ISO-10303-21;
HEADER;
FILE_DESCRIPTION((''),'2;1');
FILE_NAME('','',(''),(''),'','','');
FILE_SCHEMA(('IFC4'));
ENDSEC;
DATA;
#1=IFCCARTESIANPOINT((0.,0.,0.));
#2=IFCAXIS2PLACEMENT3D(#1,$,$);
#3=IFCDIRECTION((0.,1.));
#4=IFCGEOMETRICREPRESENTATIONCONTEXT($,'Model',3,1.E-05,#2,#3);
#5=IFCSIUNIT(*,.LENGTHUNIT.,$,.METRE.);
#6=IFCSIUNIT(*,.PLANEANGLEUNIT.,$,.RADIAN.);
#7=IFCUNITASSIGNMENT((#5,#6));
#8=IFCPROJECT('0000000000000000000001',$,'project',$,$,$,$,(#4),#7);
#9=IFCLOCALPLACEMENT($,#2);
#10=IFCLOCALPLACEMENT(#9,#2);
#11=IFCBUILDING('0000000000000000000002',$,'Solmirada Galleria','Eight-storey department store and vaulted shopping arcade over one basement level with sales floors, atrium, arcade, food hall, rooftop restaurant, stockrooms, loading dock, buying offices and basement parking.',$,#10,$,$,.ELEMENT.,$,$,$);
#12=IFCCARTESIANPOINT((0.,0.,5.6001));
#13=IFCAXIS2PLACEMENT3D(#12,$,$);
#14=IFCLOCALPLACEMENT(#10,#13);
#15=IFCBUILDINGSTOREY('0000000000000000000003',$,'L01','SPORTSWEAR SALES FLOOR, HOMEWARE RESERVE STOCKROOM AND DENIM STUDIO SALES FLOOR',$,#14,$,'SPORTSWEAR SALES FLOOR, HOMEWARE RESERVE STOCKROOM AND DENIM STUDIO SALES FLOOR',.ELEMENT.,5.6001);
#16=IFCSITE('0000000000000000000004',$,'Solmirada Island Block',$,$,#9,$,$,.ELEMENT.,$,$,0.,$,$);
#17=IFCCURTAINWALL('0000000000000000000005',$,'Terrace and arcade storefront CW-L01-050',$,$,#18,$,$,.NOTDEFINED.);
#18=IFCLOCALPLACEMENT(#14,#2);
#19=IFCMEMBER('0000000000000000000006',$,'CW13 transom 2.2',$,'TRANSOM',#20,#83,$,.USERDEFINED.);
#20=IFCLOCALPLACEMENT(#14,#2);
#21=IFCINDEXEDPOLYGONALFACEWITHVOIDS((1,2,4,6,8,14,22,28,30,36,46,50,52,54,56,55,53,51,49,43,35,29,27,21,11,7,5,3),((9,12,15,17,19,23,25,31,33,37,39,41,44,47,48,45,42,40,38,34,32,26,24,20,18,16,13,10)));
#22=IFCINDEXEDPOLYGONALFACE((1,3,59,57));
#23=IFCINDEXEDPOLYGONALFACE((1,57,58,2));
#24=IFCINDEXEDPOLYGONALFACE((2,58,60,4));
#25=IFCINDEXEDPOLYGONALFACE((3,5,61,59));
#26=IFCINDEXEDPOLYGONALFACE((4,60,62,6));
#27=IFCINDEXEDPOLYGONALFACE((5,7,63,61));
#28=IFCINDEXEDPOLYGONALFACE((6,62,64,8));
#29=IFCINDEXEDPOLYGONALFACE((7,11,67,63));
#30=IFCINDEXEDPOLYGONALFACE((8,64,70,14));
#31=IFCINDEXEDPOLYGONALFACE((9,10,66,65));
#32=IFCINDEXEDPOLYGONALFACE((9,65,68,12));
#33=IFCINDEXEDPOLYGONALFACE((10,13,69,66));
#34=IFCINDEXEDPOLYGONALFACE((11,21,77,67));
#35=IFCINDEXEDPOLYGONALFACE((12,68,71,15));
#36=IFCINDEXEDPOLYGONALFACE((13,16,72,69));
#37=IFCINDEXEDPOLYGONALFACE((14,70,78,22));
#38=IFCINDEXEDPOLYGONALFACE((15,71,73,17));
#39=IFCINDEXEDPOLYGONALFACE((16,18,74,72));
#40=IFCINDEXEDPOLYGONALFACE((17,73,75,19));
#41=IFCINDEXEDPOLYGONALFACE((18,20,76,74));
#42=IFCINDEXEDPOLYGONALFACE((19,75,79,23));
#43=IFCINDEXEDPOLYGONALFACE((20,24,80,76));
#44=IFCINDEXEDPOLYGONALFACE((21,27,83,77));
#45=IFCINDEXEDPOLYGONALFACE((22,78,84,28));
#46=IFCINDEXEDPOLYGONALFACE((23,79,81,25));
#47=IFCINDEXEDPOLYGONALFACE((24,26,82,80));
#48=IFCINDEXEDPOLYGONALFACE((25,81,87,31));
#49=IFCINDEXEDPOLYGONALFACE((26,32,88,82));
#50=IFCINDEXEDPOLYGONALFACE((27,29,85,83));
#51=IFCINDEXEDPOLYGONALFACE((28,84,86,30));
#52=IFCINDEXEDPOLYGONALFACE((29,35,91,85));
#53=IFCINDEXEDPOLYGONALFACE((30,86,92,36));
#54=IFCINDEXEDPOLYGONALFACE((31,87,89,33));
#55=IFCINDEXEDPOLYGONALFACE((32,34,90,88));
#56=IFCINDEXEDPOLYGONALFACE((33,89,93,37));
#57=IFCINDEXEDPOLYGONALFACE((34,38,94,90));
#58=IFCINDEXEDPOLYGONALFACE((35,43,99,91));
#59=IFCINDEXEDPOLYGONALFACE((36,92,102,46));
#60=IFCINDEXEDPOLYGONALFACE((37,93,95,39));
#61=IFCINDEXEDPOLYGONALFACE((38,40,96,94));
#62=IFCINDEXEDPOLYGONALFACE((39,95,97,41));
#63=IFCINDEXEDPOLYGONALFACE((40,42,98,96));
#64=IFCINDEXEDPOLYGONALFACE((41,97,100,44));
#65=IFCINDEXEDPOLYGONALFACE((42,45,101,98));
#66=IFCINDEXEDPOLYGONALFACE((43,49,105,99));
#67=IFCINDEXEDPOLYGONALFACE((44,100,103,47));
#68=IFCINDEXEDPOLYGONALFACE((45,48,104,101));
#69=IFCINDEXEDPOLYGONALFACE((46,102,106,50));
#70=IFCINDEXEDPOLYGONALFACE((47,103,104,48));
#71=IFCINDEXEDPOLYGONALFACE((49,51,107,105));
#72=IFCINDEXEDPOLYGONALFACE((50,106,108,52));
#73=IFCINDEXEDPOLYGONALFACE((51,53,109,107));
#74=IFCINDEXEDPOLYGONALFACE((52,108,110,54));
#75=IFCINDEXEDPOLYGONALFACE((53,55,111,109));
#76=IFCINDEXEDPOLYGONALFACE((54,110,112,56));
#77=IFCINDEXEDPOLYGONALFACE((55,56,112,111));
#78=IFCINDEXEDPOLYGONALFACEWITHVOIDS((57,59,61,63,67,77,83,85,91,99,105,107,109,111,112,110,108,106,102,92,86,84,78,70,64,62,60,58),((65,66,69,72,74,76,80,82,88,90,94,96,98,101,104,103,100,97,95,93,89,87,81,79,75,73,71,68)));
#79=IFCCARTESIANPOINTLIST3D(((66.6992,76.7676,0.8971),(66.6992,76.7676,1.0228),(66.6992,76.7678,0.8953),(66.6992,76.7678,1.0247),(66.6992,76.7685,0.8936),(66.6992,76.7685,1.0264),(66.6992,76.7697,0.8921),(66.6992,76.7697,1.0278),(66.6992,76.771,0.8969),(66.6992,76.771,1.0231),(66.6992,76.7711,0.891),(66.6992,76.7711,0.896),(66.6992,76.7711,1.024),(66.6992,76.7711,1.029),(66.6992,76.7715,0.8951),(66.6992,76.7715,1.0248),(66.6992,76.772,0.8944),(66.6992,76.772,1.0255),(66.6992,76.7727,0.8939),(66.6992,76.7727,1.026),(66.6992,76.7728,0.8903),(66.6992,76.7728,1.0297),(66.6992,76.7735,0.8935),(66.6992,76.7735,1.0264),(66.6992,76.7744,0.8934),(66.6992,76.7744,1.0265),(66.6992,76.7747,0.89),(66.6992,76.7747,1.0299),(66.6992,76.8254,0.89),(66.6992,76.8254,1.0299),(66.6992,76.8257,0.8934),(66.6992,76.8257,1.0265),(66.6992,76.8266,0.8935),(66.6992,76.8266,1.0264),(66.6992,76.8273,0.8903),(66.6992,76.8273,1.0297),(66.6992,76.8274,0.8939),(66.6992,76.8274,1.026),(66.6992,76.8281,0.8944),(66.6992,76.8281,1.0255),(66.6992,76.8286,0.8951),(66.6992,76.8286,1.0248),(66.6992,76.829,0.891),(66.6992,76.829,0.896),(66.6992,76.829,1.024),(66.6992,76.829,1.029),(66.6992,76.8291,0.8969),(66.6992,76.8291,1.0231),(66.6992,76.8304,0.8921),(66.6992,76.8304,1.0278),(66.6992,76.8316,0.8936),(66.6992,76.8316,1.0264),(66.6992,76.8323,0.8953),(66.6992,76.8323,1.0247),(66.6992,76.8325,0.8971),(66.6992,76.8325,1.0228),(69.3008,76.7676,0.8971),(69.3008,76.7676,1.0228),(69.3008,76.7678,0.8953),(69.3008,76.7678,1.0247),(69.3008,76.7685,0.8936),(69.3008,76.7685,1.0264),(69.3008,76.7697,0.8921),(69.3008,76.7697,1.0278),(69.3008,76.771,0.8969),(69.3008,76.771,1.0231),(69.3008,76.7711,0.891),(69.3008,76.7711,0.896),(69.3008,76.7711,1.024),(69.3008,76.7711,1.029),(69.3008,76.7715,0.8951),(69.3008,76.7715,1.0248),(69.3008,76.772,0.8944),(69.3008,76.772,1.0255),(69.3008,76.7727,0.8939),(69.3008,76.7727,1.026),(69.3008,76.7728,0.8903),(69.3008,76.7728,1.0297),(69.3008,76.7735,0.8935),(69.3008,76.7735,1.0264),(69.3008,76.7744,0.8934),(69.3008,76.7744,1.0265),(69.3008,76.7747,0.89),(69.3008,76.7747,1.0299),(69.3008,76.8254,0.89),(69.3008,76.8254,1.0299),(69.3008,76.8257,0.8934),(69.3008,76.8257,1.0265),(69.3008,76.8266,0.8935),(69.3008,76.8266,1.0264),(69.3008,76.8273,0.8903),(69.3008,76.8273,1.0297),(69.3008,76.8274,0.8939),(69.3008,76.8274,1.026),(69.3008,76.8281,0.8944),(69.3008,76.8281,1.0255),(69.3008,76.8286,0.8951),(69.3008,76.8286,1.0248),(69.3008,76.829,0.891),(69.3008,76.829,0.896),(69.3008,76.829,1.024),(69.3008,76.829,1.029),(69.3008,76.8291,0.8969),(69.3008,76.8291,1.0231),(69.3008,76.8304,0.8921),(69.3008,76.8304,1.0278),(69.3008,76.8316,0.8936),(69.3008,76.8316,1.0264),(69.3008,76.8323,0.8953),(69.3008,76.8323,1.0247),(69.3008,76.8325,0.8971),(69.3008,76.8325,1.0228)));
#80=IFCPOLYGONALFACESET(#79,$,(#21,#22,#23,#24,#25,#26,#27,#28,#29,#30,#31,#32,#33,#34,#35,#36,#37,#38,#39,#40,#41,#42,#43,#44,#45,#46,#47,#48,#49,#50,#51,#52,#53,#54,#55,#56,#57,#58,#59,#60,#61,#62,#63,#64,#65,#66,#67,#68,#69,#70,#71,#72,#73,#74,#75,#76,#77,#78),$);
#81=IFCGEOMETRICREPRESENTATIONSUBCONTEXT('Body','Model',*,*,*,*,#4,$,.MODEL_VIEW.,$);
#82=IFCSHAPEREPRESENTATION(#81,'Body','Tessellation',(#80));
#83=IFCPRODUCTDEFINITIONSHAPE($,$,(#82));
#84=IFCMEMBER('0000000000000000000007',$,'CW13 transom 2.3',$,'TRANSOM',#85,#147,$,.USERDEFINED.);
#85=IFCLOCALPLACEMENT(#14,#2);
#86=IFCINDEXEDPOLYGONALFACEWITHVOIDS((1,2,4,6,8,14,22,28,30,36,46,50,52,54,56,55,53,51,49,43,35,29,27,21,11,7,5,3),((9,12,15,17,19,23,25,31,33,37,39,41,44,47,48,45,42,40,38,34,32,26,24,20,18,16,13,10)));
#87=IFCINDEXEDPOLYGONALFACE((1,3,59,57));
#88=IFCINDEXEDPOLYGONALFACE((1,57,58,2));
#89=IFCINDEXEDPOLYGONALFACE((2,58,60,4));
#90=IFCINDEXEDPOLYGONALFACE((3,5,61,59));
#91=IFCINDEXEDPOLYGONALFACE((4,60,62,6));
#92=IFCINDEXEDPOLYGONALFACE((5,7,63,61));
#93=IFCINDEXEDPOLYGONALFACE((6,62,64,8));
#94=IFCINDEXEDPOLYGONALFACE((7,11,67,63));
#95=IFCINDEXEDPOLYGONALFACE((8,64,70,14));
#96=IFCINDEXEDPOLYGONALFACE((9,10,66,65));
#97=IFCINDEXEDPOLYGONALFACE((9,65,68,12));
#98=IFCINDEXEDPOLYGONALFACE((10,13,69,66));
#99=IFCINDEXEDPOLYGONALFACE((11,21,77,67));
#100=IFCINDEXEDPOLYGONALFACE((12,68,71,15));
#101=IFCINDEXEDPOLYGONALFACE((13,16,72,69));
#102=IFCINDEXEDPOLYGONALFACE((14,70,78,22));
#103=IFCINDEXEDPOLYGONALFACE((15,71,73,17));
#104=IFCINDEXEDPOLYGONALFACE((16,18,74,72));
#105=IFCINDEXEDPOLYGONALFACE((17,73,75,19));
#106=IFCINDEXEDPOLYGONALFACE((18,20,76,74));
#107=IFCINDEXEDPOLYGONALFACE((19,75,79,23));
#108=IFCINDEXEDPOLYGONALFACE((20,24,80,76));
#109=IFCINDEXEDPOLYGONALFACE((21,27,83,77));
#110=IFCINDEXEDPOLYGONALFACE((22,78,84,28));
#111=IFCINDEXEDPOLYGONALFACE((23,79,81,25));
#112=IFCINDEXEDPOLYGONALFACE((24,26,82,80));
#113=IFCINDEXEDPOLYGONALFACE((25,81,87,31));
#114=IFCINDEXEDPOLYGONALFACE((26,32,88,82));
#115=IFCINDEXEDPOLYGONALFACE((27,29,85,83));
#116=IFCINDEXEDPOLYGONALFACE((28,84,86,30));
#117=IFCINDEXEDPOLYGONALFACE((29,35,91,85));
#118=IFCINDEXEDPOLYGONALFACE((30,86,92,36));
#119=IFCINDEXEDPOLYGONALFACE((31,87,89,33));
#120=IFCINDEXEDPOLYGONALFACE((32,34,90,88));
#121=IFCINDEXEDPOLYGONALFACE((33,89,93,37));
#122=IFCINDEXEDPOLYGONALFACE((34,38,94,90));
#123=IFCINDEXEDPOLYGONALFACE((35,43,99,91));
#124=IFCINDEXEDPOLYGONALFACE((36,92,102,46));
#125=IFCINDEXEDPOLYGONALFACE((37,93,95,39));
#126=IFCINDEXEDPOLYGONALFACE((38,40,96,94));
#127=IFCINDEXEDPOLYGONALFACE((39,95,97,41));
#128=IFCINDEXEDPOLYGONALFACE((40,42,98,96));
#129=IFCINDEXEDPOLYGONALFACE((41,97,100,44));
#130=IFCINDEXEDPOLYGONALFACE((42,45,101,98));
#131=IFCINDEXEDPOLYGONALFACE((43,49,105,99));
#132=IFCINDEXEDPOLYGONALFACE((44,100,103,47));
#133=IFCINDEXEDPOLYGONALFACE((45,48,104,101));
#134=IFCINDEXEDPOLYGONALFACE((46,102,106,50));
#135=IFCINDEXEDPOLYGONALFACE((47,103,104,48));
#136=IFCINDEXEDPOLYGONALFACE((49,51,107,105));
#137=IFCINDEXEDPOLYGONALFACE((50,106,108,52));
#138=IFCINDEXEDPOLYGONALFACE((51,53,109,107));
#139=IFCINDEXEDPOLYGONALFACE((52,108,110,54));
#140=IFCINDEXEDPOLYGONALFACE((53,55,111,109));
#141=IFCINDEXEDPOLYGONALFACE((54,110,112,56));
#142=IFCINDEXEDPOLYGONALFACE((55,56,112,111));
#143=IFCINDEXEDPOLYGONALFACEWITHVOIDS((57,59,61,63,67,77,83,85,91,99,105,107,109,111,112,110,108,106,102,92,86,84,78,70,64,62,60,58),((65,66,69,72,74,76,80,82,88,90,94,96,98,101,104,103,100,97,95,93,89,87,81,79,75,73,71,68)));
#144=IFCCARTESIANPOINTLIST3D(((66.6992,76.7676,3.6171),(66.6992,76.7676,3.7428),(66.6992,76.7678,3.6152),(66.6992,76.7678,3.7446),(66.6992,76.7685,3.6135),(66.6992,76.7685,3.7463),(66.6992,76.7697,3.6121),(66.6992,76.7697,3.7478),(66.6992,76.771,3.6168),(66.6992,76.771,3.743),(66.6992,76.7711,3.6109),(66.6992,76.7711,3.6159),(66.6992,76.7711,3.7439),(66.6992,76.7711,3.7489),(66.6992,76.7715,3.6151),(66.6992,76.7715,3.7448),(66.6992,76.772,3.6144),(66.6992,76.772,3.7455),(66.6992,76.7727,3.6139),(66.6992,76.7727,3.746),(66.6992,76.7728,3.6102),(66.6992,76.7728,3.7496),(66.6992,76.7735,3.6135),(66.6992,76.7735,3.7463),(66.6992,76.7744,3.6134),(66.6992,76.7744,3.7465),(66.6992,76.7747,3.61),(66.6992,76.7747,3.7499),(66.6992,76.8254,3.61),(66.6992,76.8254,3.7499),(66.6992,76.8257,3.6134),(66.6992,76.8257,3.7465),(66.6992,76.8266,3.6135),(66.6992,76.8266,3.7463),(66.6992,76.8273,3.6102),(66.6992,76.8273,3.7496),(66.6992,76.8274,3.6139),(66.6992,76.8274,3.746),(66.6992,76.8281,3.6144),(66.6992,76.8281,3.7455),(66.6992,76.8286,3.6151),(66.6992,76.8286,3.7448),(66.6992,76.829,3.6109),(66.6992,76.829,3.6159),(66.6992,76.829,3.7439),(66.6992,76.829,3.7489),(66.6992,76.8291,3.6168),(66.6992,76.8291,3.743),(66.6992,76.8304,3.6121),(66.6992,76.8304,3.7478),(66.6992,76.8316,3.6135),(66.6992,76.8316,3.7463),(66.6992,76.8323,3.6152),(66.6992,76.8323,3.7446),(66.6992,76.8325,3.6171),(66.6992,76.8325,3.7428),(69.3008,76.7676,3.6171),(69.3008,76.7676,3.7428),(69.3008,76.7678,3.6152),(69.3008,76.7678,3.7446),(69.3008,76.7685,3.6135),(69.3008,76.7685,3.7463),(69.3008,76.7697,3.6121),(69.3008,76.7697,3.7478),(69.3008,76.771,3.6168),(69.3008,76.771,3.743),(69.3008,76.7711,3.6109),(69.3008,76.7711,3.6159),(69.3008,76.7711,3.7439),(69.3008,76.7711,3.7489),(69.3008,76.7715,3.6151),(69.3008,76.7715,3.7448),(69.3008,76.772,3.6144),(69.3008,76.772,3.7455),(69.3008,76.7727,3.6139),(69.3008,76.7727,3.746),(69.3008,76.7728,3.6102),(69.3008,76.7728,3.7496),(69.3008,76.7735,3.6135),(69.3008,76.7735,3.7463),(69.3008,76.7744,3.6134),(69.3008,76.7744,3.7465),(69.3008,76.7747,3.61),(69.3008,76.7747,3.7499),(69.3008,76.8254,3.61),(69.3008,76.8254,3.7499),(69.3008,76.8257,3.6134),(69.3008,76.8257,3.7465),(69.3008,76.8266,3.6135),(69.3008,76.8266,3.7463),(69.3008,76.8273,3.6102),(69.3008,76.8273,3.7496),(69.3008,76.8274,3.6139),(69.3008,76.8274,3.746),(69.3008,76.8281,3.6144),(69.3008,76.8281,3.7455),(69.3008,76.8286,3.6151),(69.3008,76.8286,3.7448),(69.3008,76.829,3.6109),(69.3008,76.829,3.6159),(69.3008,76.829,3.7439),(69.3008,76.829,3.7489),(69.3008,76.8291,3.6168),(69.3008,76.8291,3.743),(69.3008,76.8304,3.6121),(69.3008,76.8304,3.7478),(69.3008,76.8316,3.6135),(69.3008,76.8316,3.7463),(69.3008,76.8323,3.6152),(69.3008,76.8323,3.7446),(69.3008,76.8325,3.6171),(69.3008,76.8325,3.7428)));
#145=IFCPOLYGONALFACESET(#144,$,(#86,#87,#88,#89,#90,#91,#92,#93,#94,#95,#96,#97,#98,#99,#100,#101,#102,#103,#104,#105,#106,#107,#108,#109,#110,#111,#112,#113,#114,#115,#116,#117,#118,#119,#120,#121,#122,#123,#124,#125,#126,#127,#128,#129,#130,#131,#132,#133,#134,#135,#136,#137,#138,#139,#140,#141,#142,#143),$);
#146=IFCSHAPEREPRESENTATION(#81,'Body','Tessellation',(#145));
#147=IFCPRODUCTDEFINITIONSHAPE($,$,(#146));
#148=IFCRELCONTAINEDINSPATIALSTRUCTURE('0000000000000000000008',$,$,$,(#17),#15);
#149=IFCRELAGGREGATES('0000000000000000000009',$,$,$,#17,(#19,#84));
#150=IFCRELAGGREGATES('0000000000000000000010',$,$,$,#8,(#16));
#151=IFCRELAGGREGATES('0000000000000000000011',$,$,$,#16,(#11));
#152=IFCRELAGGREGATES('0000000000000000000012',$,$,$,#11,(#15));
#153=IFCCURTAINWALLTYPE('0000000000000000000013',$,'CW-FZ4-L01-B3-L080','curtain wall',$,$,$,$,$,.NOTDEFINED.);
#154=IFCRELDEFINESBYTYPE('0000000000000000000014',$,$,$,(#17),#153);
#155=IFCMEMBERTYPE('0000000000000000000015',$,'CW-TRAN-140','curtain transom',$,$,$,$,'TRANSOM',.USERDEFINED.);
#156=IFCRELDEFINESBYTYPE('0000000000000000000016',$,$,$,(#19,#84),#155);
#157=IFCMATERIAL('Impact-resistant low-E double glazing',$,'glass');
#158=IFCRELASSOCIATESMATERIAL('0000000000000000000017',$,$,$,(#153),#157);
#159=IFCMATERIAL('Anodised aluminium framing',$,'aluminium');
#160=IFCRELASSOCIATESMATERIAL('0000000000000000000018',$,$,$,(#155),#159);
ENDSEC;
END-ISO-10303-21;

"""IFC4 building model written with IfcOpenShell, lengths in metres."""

from ifc_helpers import new_model, si_unit, direction, frame, origin, origin_2d, place, context, subcontext, project, spatial, hollow_rectangle, extrude, material, material_profile, profile_set, type_object, element, aggregate, save


model = new_model("IFC4")

# Units and contexts
model_context = context("Model", 3, precision=1e-05, world=origin(), true_north=direction((0.0, 1.0)))
body_context = subcontext(model_context, "Body", "Model", "MODEL_VIEW")
ifc_project = project(units=[si_unit("LENGTHUNIT", "METRE"), si_unit("PLANEANGLEUNIT", "RADIAN")], contexts=[model_context])

# Site, building, storey
site_placement = place(None, origin())
site = spatial("IfcSite", under=ifc_project, at=site_placement, Name="Solmirada Island Block", CompositionType="ELEMENT", RefElevation=0.0)
building_placement = place(site_placement, origin())
building = spatial("IfcBuilding", under=site, at=building_placement, Name="Solmirada Galleria", Description="Eight-storey department store and vaulted shopping arcade over one basement level with sales floors, atrium, arcade, food hall, rooftop restaurant, stockrooms, loading dock, buying offices and basement parking.", CompositionType="ELEMENT")
storey_placement = place(building_placement, frame((0.0, 0.0, 5.6001)))
storey = spatial("IfcBuildingStorey", under=building, at=storey_placement, Name="L01", Description="SPORTSWEAR SALES FLOOR, HOMEWARE RESERVE STOCKROOM AND DENIM STUDIO SALES FLOOR", LongName="SPORTSWEAR SALES FLOOR, HOMEWARE RESERVE STOCKROOM AND DENIM STUDIO SALES FLOOR", CompositionType="ELEMENT", Elevation=5.6001)

# Curtain wall, members
ifc_material_1 = material(Name="Impact-resistant low-E double glazing", Category="glass")
curtain_wall_type = type_object("IfcCurtainWallType", Name="CW-FZ4-L01-B3-L080", Description="curtain wall", PredefinedType="NOTDEFINED", material=ifc_material_1)
curtain_wall_placement = place(storey_placement, origin())
curtain_wall = element("IfcCurtainWall", 1, at=curtain_wall_placement, inside=storey, type_object=curtain_wall_type, Name="Terrace and arcade storefront CW-L01-050", PredefinedType="NOTDEFINED")
ifc_material_2 = material(Name="Anodised aluminium framing", Category="aluminium")
ifc_material_profile_1 = material_profile(ifc_material_2, hollow_rectangle(XDim=0.0649, YDim=0.1399, WallThickness=0.0034, InnerFilletRadius=0.0034, OuterFilletRadius=0.0071, at=origin_2d()), Name="ALU-TRAN-140X65")
ifc_profile_set_1 = profile_set([ifc_material_profile_1], Name="Anodised aluminium framing")
member_type_1 = type_object("IfcMemberType", Name="CW-TRAN-140", Description="curtain transom", ElementType="TRANSOM", PredefinedType="USERDEFINED", material=ifc_profile_set_1)
member_1_placement = place(storey_placement, frame((69.3008, 76.8, 0.96), z_axis=(-1.0, 0.0, 0.0), x_axis=(0.0, -1.0, 0.0)))
member_1 = element("IfcMember", 2, at=member_1_placement, type_object=member_type_1, Name="CW13 transom 2.2", ObjectType="TRANSOM", PredefinedType="USERDEFINED", context=body_context, shape_type="SweptSolid", body=[
    extrude(hollow_rectangle(XDim=0.0649, YDim=0.1399, WallThickness=0.0034, InnerFilletRadius=0.0034, OuterFilletRadius=0.0071, at=origin_2d()), origin(), (0.0, 0.0, 1.0), 2.6016),
])
member_2_placement = place(storey_placement, frame((69.3008, 76.8, 3.6799), z_axis=(-1.0, 0.0, 0.0), x_axis=(0.0, -1.0, 0.0)))
member_2 = element("IfcMember", 3, at=member_2_placement, type_object=member_type_1, Name="CW13 transom 2.3", ObjectType="TRANSOM", PredefinedType="USERDEFINED", context=body_context, shape_type="SweptSolid", body=[
    extrude(hollow_rectangle(XDim=0.0649, YDim=0.1399, WallThickness=0.0034, InnerFilletRadius=0.0034, OuterFilletRadius=0.0071, at=origin_2d()), origin(), (0.0, 0.0, 1.0), 2.6016),
])
aggregate(curtain_wall, [member_1, member_2])

save(model, "model.ifc")
